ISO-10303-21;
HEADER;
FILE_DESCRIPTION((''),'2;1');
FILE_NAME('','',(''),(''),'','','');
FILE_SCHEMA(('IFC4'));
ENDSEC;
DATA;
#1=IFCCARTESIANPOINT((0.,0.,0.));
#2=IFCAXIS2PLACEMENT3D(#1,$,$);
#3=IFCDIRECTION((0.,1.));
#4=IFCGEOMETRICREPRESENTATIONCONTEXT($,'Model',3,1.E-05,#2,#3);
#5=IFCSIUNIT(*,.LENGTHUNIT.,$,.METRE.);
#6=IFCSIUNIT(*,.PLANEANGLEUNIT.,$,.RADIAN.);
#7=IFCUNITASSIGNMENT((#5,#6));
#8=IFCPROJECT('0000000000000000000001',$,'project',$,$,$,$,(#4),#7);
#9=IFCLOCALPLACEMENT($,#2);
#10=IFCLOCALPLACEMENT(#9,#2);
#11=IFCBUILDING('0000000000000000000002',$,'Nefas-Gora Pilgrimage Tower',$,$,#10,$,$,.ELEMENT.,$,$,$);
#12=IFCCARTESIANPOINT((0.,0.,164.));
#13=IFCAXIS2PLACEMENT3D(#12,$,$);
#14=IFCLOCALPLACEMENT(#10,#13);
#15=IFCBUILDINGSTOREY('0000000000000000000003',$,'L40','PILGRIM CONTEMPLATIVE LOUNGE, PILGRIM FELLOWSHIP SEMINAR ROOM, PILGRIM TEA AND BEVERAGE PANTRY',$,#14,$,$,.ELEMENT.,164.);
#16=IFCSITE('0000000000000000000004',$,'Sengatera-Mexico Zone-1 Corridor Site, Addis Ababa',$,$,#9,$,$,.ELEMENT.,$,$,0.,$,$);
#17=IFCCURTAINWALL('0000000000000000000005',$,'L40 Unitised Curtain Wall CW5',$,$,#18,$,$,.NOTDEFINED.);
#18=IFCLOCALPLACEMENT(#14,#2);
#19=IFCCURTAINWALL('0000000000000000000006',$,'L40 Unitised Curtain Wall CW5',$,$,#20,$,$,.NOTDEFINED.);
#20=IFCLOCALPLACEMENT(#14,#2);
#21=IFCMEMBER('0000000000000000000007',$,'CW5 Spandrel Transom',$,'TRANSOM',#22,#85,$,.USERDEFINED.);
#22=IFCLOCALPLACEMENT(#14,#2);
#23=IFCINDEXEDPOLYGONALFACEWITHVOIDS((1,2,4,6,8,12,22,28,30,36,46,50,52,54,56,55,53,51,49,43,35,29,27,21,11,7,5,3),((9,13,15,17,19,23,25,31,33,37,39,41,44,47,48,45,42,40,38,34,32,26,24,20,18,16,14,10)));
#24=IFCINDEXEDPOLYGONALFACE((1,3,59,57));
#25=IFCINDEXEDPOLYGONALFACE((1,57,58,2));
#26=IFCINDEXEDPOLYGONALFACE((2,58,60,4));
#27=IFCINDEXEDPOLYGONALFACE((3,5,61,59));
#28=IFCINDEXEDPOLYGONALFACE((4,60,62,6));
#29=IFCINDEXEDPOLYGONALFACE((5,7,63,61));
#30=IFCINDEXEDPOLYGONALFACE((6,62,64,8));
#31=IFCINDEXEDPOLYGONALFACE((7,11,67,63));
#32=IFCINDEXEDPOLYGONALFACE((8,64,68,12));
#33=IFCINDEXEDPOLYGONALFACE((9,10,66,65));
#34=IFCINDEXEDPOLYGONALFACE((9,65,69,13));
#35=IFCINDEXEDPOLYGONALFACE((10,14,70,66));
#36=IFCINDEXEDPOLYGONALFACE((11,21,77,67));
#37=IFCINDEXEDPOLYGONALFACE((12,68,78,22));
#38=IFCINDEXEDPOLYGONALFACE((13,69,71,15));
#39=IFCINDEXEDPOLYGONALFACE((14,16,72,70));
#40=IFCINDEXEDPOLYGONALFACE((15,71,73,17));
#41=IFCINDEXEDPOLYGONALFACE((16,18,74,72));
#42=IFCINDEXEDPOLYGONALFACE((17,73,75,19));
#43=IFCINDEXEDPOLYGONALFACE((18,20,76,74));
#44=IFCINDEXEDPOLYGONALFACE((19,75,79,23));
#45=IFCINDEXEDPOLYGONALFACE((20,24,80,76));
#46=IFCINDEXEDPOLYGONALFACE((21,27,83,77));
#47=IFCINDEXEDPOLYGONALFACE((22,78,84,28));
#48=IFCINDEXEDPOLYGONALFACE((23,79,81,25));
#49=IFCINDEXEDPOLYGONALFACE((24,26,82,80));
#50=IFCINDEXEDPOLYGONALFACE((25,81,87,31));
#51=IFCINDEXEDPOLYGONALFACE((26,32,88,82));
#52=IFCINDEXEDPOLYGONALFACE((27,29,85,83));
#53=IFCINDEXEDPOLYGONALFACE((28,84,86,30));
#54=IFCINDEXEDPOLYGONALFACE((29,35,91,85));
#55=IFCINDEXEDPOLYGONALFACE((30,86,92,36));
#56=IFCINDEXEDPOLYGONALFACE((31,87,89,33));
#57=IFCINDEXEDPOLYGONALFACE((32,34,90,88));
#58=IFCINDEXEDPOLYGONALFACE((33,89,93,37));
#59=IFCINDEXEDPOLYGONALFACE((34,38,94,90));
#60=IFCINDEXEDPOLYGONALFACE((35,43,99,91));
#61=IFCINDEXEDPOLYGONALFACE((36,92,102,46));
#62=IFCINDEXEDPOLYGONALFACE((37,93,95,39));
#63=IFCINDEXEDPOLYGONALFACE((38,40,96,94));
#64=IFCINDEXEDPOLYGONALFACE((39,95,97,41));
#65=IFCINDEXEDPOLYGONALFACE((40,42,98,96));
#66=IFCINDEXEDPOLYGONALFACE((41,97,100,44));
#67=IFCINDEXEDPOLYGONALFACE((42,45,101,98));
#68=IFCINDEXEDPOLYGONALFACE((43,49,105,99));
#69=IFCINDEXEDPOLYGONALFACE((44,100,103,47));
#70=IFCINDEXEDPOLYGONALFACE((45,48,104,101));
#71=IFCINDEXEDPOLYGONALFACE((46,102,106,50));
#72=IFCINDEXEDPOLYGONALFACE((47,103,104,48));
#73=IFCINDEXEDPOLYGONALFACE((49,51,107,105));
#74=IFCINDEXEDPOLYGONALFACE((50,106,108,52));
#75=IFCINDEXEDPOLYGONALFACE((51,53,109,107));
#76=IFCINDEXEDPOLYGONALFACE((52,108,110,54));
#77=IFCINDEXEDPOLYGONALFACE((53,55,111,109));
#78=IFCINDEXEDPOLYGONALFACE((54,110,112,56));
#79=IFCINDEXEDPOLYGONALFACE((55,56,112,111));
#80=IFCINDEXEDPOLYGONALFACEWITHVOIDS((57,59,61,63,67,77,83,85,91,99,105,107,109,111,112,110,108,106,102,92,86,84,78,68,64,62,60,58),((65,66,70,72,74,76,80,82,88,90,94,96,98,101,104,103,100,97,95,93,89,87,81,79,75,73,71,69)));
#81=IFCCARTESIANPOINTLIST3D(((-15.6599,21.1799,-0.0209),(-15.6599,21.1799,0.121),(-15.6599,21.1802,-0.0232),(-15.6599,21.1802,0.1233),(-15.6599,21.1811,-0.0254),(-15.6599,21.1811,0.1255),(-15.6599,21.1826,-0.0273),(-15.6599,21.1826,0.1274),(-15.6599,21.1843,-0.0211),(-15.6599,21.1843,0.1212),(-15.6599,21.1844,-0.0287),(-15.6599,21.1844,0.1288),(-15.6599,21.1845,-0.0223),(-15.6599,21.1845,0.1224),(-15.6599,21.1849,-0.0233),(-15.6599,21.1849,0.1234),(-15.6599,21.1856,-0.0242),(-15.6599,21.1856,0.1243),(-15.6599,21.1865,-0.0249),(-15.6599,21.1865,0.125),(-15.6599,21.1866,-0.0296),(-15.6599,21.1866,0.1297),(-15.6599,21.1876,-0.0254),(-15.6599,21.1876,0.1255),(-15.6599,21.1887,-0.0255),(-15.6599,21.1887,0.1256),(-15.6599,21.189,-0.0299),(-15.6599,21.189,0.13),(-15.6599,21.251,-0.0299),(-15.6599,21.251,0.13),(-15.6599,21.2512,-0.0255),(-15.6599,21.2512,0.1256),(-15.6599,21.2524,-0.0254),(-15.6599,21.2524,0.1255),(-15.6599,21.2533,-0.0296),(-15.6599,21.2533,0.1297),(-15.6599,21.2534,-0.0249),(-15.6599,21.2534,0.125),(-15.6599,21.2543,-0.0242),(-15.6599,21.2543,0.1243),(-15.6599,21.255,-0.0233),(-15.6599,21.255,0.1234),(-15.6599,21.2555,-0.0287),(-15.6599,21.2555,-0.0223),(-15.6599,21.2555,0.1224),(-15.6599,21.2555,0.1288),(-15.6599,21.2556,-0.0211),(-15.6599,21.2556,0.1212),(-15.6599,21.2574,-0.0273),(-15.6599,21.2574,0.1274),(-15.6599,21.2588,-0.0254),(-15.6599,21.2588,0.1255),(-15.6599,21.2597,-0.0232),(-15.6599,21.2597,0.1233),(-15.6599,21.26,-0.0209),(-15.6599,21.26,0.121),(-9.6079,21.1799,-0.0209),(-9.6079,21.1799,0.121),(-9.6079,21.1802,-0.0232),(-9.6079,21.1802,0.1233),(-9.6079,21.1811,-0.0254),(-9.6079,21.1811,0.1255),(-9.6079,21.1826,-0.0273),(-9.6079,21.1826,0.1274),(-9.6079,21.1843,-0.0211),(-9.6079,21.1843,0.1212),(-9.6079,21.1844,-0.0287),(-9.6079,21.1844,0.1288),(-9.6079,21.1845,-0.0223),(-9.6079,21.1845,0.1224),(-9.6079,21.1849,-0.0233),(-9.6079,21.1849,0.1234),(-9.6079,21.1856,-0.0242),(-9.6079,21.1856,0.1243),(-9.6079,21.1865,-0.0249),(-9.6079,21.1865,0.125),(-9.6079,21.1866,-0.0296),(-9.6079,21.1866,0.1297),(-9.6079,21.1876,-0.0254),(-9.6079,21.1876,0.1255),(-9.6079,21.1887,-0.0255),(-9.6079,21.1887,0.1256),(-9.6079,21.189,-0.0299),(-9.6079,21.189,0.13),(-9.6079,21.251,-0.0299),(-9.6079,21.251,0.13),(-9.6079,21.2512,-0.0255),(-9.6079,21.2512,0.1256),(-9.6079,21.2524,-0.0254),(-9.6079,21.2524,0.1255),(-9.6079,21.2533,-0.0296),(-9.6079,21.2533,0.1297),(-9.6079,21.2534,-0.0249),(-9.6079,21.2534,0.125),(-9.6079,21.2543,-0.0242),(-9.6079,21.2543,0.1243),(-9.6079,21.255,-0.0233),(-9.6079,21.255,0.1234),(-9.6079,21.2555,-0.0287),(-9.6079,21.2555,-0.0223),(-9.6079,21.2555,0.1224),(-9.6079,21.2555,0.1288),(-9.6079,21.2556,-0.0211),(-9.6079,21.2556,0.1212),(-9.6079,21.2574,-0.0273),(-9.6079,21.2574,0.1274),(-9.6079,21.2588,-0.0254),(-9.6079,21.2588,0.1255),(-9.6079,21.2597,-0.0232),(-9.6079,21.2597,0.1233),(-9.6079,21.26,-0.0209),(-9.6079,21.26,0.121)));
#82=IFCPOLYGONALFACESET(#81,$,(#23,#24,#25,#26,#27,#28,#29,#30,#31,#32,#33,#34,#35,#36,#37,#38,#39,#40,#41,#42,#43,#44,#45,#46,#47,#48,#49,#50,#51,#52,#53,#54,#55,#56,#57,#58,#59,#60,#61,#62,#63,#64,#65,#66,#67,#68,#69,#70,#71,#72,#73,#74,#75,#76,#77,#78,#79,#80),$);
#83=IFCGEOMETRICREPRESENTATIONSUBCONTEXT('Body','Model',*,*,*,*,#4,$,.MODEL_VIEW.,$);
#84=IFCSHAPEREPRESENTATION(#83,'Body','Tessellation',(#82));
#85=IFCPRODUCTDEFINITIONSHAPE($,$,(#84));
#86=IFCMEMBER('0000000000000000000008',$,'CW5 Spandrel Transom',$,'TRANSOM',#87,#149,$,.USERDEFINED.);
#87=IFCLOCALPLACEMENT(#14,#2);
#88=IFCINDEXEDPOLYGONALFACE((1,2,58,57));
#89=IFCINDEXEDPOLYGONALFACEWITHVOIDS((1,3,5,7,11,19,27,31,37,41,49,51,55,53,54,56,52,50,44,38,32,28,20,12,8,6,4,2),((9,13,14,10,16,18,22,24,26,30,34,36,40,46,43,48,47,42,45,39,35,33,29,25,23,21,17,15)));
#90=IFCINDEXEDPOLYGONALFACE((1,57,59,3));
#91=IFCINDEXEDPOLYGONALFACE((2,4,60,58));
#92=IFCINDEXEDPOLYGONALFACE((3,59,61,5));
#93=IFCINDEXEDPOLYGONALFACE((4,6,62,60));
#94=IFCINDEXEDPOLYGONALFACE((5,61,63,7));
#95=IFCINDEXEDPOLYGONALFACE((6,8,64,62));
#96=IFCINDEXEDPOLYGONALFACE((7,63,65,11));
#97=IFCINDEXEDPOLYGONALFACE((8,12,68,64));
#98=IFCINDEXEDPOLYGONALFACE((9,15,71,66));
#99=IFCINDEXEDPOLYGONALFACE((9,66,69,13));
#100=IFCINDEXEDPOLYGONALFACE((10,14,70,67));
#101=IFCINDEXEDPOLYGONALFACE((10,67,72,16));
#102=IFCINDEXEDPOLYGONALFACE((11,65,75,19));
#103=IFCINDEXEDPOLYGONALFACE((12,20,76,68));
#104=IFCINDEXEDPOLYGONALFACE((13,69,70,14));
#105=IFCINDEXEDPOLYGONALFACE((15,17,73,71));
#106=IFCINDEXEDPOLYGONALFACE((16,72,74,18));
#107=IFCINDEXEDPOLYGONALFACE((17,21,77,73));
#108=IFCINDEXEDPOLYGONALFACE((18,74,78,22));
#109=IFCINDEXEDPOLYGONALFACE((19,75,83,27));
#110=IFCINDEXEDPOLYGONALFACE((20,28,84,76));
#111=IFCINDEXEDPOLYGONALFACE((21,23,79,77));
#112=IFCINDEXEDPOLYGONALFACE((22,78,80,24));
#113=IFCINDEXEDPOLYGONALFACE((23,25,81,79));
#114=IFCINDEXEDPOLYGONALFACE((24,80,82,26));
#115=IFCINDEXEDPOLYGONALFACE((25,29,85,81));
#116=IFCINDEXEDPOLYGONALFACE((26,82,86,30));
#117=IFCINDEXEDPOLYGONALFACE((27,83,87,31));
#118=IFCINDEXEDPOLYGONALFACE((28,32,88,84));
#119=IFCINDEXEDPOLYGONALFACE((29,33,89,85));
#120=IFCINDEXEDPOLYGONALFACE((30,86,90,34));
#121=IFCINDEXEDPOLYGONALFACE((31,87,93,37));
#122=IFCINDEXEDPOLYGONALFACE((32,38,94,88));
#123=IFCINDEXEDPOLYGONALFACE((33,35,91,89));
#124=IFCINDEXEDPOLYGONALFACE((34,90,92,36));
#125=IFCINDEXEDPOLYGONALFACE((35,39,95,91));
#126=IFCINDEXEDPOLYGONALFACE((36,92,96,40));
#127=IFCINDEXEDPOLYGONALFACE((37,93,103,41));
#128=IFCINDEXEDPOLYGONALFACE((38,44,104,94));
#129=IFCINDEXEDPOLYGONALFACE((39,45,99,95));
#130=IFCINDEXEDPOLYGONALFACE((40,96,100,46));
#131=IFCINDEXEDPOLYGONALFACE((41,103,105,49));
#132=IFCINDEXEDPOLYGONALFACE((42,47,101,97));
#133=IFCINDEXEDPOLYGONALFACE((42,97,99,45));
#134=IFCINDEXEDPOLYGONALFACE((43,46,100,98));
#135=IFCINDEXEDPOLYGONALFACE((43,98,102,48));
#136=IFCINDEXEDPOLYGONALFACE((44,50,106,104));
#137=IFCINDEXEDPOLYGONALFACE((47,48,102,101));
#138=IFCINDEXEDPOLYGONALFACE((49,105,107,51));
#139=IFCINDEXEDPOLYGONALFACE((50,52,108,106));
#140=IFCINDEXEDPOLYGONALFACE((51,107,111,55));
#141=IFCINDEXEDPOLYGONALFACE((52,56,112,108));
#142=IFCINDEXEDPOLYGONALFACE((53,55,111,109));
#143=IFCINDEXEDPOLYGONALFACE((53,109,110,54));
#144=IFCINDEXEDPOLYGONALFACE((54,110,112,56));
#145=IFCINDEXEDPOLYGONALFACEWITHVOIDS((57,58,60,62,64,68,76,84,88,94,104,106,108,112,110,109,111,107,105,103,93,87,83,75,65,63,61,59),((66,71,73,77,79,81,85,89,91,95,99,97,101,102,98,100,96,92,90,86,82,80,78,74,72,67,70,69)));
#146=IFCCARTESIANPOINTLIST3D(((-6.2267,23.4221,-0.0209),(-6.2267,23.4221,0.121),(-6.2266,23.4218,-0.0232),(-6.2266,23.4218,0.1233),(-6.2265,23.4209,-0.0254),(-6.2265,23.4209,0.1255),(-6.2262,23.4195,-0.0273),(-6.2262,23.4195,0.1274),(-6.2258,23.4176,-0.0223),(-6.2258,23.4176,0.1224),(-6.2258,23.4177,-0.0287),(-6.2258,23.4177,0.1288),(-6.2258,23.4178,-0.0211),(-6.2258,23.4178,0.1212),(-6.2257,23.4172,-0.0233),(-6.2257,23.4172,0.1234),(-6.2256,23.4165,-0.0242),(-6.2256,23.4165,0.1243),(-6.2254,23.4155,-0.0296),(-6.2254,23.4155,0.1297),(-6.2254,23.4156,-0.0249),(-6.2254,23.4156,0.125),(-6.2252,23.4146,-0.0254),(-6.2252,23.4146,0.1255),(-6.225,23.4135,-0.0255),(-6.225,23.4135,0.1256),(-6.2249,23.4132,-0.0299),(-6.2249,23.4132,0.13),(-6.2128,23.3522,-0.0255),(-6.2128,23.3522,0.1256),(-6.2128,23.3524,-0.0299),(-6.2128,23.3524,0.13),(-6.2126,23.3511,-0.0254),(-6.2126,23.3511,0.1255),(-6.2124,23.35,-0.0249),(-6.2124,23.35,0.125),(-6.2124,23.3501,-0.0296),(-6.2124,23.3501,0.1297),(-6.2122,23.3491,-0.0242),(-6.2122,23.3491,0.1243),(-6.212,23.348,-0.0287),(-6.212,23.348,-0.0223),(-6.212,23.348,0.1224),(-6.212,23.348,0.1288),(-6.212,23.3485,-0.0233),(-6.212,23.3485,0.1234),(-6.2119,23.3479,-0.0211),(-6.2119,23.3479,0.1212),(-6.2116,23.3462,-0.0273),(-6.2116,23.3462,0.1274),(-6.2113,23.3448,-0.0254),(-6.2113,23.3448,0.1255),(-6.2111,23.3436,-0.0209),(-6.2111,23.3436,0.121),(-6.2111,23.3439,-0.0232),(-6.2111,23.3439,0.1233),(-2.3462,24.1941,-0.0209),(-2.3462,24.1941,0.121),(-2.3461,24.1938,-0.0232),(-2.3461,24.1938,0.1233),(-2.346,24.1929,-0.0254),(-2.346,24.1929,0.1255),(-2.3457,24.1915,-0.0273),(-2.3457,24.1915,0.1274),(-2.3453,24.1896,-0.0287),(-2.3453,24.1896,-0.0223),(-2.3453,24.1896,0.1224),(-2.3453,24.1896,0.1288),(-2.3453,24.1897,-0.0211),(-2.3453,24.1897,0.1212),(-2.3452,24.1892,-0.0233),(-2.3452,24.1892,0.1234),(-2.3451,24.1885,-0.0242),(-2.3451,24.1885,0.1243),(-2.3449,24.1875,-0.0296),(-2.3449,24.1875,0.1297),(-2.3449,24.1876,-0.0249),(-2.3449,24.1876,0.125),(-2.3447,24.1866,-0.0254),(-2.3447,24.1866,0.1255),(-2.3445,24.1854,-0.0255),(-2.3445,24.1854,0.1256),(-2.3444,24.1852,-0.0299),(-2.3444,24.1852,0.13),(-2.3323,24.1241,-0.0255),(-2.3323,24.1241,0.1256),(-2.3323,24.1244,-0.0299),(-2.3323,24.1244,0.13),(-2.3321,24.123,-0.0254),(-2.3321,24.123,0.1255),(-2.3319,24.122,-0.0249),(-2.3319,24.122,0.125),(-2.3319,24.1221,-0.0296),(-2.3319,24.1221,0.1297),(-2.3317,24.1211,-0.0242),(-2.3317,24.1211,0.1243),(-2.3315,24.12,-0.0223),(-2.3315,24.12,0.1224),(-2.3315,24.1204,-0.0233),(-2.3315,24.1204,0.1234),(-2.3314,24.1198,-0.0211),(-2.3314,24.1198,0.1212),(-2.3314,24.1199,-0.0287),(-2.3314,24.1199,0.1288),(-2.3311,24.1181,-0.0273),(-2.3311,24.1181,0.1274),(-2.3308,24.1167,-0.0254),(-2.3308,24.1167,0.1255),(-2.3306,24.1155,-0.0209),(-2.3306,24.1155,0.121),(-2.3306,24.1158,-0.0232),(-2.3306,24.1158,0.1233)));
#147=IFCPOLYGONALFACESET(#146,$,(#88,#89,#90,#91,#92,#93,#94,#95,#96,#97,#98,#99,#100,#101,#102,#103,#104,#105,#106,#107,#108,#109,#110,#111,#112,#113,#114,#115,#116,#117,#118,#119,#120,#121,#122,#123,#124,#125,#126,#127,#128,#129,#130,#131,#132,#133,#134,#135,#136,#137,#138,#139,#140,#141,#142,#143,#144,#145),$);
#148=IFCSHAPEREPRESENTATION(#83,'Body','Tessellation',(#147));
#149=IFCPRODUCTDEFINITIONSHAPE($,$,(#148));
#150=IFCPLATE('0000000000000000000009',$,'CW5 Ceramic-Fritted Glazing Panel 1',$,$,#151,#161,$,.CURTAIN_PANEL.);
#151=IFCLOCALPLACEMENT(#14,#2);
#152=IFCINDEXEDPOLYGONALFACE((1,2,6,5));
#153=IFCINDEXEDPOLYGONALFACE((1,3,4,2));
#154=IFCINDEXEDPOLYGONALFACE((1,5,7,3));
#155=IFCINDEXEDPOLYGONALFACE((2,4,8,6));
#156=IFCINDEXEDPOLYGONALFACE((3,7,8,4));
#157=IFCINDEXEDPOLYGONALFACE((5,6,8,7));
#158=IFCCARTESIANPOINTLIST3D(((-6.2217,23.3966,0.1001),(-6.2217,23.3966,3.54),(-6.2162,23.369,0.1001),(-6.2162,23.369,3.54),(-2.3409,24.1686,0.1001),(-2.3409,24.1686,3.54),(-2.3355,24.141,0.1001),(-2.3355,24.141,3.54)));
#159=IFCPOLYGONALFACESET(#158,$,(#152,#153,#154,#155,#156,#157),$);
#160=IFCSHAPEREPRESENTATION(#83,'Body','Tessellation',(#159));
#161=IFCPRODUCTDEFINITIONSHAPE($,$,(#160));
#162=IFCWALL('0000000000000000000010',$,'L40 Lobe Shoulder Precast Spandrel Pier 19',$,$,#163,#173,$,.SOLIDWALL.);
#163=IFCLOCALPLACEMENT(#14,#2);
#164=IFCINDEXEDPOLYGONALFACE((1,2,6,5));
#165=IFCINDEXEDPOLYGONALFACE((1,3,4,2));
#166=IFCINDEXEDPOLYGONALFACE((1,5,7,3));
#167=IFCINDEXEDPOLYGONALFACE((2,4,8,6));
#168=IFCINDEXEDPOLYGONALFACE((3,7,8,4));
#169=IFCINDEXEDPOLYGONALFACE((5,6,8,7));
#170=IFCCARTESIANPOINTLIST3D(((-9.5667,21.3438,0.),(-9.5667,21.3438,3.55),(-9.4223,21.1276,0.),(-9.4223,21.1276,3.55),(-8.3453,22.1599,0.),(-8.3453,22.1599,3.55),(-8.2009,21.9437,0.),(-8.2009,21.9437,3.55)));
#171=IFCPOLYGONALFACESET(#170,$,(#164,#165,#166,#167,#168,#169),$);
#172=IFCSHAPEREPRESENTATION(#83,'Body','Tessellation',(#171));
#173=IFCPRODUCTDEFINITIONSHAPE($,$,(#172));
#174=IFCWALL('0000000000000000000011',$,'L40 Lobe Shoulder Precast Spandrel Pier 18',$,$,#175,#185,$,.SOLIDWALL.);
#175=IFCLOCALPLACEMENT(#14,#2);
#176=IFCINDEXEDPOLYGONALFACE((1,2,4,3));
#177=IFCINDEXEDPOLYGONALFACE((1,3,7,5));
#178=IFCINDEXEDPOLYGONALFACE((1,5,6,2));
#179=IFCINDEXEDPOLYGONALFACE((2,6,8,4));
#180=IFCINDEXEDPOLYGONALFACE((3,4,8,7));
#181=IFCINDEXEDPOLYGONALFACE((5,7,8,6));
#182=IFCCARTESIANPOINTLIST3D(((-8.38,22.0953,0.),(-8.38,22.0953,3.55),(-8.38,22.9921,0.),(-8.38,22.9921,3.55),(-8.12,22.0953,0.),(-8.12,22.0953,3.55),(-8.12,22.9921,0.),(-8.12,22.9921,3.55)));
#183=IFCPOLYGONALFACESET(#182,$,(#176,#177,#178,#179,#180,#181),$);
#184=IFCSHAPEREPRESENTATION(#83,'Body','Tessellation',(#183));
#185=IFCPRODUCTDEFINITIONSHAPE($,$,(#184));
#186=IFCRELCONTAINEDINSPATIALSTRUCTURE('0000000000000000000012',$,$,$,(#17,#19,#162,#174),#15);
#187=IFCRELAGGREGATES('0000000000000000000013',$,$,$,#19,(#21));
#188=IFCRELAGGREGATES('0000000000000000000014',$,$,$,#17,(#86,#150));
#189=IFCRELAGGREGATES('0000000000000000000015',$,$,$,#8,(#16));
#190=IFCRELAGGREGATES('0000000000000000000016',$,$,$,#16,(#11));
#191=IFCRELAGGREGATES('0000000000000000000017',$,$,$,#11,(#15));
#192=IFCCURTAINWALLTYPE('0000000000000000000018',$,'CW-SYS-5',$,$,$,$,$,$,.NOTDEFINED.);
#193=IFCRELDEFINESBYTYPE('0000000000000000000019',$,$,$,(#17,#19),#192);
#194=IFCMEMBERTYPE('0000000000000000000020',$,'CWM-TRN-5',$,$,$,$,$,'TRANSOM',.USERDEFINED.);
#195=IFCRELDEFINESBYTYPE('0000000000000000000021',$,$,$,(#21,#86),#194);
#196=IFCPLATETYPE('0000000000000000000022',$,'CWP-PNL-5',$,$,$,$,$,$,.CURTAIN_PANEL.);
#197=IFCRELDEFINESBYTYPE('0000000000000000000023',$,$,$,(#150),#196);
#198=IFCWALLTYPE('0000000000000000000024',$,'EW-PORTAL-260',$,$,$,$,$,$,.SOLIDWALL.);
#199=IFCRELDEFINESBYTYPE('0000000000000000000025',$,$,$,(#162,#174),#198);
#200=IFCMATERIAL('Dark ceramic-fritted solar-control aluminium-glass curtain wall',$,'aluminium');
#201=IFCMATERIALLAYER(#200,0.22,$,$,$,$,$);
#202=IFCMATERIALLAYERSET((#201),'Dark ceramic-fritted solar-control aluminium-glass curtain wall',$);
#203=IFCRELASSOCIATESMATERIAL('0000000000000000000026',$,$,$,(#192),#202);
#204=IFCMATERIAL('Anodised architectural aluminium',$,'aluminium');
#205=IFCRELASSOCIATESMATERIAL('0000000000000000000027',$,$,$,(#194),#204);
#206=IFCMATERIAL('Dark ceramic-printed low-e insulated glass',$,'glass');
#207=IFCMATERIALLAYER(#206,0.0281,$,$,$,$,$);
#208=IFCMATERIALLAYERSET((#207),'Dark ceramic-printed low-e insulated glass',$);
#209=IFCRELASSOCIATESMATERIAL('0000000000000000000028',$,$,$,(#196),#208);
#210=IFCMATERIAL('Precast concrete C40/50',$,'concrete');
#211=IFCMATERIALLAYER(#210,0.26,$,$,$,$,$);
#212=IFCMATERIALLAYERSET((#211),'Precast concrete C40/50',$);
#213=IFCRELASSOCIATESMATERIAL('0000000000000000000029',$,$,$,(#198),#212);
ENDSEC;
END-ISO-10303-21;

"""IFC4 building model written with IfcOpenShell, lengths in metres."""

from ifc_helpers import new_model, si_unit, direction, frame, frame_2d, origin, origin_2d, place, context, subcontext, project, spatial, rectangle, hollow_rectangle, extrude, source, transform, mapped, material, layer, layer_set, material_profile, profile_set, type_object, element, aggregate, save


model = new_model("IFC4")

# Units and contexts
model_context = context("Model", 3, precision=1e-05, world=origin(), true_north=direction((0.0, 1.0)))
body_context = subcontext(model_context, "Body", "Model", "MODEL_VIEW")
ifc_project = project(units=[si_unit("LENGTHUNIT", "METRE"), si_unit("PLANEANGLEUNIT", "RADIAN")], contexts=[model_context])

# Site, building, storey
site_placement = place(None, origin())
site = spatial("IfcSite", under=ifc_project, at=site_placement, Name="Sengatera-Mexico Zone-1 Corridor Site, Addis Ababa", CompositionType="ELEMENT", RefElevation=0.0)
building_placement = place(site_placement, origin())
building = spatial("IfcBuilding", under=site, at=building_placement, Name="Nefas-Gora Pilgrimage Tower", CompositionType="ELEMENT")
storey_placement = place(building_placement, frame((0.0, 0.0, 164.0)))
storey = spatial("IfcBuildingStorey", under=building, at=storey_placement, Name="L40", Description="PILGRIM CONTEMPLATIVE LOUNGE, PILGRIM FELLOWSHIP SEMINAR ROOM, PILGRIM TEA AND BEVERAGE PANTRY", CompositionType="ELEMENT", Elevation=164.0)

# Curtain walls, member
ifc_material_1 = material(Name="Dark ceramic-fritted solar-control aluminium-glass curtain wall", Category="aluminium")
ifc_layer_1 = layer(ifc_material_1, 0.22)
ifc_layer_set_1 = layer_set([ifc_layer_1], Name="Dark ceramic-fritted solar-control aluminium-glass curtain wall")
curtain_wall_type = type_object("IfcCurtainWallType", Name="CW-SYS-5", PredefinedType="NOTDEFINED", material=ifc_layer_set_1)
curtain_wall_1_placement = place(storey_placement, origin())
curtain_wall_1 = element("IfcCurtainWall", 1, at=curtain_wall_1_placement, inside=storey, type_object=curtain_wall_type, Name="L40 Unitised Curtain Wall CW5", PredefinedType="NOTDEFINED")
ifc_material_2 = material(Name="Anodised architectural aluminium", Category="aluminium")
curtain_wall_2_placement = place(storey_placement, origin())
curtain_wall_2 = element("IfcCurtainWall", 2, at=curtain_wall_2_placement, inside=storey, type_object=curtain_wall_type, Name="L40 Unitised Curtain Wall CW5", PredefinedType="NOTDEFINED")
ifc_material_profile_1 = material_profile(ifc_material_2, hollow_rectangle(XDim=0.0801, YDim=0.1599, WallThickness=0.0044, InnerFilletRadius=0.0044, OuterFilletRadius=0.009, at=origin_2d()), Name="ALU TRANSOM 80x160")
ifc_profile_set_1 = profile_set([ifc_material_profile_1], Name="Anodised architectural aluminium")
member_type_1 = type_object("IfcMemberType", Name="CWM-TRN-5", ElementType="TRANSOM", PredefinedType="USERDEFINED", material=ifc_profile_set_1)
shared_shape_1 = source(origin(), body_context, "Body", "SweptSolid", [
    extrude(hollow_rectangle(XDim=0.0801, YDim=0.1599, WallThickness=0.0044, InnerFilletRadius=0.0044, OuterFilletRadius=0.009, at=origin_2d()), origin(), (0.0, 0.0, 1.0), 6.052),
])
member_1_placement = place(storey_placement, frame((-9.6079, 21.22, 0.05), z_axis=(-1.0, 0.0, 0.0), x_axis=(0.0, -1.0, 0.0)))
member_1 = element("IfcMember", 3, at=member_1_placement, type_object=member_type_1, Name="CW5 Spandrel Transom", ObjectType="TRANSOM", PredefinedType="USERDEFINED", context=body_context, shape_type="MappedRepresentation", body=[
    mapped(shared_shape_1, transform((0.0, 0.0, 0.0), x_axis=(1.0, 0.0, 0.0), y_axis=(0.0, 1.0, 0.0), z_axis=(0.0, 0.0, 1.0), scale=1.0)),
])
aggregate(curtain_wall_2, [member_1])

# Member
shared_shape_2 = source(origin(), body_context, "Body", "SweptSolid", [
    extrude(hollow_rectangle(XDim=0.0801, YDim=0.1599, WallThickness=0.0044, InnerFilletRadius=0.0044, OuterFilletRadius=0.009, at=origin_2d()), origin(), (0.0, 0.0, 1.0), 3.9565),
])
member_2_placement = place(storey_placement, frame((-2.3384, 24.1548, 0.05), z_axis=(-0.980782, -0.195107, 0.0), x_axis=(0.195107, -0.980782, 0.0)))
member_2 = element("IfcMember", 4, at=member_2_placement, type_object=member_type_1, Name="CW5 Spandrel Transom", ObjectType="TRANSOM", PredefinedType="USERDEFINED", context=body_context, shape_type="MappedRepresentation", body=[
    mapped(shared_shape_2, transform((0.0, 0.0, 0.0), x_axis=(1.0, 0.0, 0.0), y_axis=(0.0, 1.0, 0.0), z_axis=(0.0, 0.0, 1.0), scale=1.0)),
])

# Plate
ifc_material_3 = material(Name="Dark ceramic-printed low-e insulated glass", Category="glass")
ifc_layer_2 = layer(ifc_material_3, 0.0281)
ifc_layer_set_2 = layer_set([ifc_layer_2], Name="Dark ceramic-printed low-e insulated glass")
plate_type = type_object("IfcPlateType", Name="CWP-PNL-5", PredefinedType="CURTAIN_PANEL", material=ifc_layer_set_2)
shared_shape_3 = source(origin(), body_context, "Body", "SweptSolid", [
    extrude(rectangle(XDim=3.9568, YDim=0.0281, at=origin_2d()), origin(), (0.0, 0.0, 1.0), 3.4399),
])
plate_placement = place(storey_placement, frame((-4.2786, 23.7688, 0.1001), z_axis=(0.0, 0.0, 1.0), x_axis=(-0.980783, -0.195102, 0.0)))
plate = element("IfcPlate", 5, at=plate_placement, type_object=plate_type, Name="CW5 Ceramic-Fritted Glazing Panel 1", PredefinedType="CURTAIN_PANEL", context=body_context, shape_type="MappedRepresentation", body=[
    mapped(shared_shape_3, transform((0.0, 0.0, 0.0), x_axis=(1.0, 0.0, 0.0), y_axis=(0.0, 1.0, 0.0), z_axis=(0.0, 0.0, 1.0), scale=1.0)),
])
aggregate(curtain_wall_1, [member_2, plate])

# Walls
ifc_material_4 = material(Name="Precast concrete C40/50", Category="concrete")
ifc_layer_3 = layer(ifc_material_4, 0.26)
ifc_layer_set_3 = layer_set([ifc_layer_3], Name="Precast concrete C40/50")
wall_type_1 = type_object("IfcWallType", Name="EW-PORTAL-260", PredefinedType="SOLIDWALL", material=ifc_layer_set_3)
shared_shape_4 = source(origin(), body_context, "Body", "SweptSolid", [
    extrude(rectangle(XDim=1.469, YDim=0.26, at=frame_2d((0.7344, 0.0))), origin(), (0.0, 0.0, 1.0), 3.55),
])
wall_1_placement = place(storey_placement, frame((-8.2732, 22.0518, 0.0), z_axis=(0.0, 0.0, 1.0), x_axis=(-0.831462, -0.555582, 0.0)))
element("IfcWall", 6, at=wall_1_placement, inside=storey, type_object=wall_type_1, Name="L40 Lobe Shoulder Precast Spandrel Pier 19", PredefinedType="SOLIDWALL", context=body_context, shape_type="MappedRepresentation", body=[
    mapped(shared_shape_4, transform((0.0, 0.0, 0.0), x_axis=(1.0, 0.0, 0.0), y_axis=(0.0, 1.0, 0.0), z_axis=(0.0, 0.0, 1.0), scale=1.0)),
])
shared_shape_5 = source(origin(), body_context, "Body", "SweptSolid", [
    extrude(rectangle(XDim=0.8967, YDim=0.26, at=frame_2d((0.4482, 0.0))), origin(), (0.0, 0.0, 1.0), 3.55),
])
wall_2_placement = place(storey_placement, frame((-8.25, 22.9919, 0.0), z_axis=(0.0, 0.0, 1.0), x_axis=(0.0, -1.0, 0.0)))
element("IfcWall", 7, at=wall_2_placement, inside=storey, type_object=wall_type_1, Name="L40 Lobe Shoulder Precast Spandrel Pier 18", PredefinedType="SOLIDWALL", context=body_context, shape_type="MappedRepresentation", body=[
    mapped(shared_shape_5, transform((0.0, 0.0, 0.0), x_axis=(1.0, 0.0, 0.0), y_axis=(0.0, 1.0, 0.0), z_axis=(0.0, 0.0, 1.0), scale=1.0)),
])

save(model, "model.ifc")
